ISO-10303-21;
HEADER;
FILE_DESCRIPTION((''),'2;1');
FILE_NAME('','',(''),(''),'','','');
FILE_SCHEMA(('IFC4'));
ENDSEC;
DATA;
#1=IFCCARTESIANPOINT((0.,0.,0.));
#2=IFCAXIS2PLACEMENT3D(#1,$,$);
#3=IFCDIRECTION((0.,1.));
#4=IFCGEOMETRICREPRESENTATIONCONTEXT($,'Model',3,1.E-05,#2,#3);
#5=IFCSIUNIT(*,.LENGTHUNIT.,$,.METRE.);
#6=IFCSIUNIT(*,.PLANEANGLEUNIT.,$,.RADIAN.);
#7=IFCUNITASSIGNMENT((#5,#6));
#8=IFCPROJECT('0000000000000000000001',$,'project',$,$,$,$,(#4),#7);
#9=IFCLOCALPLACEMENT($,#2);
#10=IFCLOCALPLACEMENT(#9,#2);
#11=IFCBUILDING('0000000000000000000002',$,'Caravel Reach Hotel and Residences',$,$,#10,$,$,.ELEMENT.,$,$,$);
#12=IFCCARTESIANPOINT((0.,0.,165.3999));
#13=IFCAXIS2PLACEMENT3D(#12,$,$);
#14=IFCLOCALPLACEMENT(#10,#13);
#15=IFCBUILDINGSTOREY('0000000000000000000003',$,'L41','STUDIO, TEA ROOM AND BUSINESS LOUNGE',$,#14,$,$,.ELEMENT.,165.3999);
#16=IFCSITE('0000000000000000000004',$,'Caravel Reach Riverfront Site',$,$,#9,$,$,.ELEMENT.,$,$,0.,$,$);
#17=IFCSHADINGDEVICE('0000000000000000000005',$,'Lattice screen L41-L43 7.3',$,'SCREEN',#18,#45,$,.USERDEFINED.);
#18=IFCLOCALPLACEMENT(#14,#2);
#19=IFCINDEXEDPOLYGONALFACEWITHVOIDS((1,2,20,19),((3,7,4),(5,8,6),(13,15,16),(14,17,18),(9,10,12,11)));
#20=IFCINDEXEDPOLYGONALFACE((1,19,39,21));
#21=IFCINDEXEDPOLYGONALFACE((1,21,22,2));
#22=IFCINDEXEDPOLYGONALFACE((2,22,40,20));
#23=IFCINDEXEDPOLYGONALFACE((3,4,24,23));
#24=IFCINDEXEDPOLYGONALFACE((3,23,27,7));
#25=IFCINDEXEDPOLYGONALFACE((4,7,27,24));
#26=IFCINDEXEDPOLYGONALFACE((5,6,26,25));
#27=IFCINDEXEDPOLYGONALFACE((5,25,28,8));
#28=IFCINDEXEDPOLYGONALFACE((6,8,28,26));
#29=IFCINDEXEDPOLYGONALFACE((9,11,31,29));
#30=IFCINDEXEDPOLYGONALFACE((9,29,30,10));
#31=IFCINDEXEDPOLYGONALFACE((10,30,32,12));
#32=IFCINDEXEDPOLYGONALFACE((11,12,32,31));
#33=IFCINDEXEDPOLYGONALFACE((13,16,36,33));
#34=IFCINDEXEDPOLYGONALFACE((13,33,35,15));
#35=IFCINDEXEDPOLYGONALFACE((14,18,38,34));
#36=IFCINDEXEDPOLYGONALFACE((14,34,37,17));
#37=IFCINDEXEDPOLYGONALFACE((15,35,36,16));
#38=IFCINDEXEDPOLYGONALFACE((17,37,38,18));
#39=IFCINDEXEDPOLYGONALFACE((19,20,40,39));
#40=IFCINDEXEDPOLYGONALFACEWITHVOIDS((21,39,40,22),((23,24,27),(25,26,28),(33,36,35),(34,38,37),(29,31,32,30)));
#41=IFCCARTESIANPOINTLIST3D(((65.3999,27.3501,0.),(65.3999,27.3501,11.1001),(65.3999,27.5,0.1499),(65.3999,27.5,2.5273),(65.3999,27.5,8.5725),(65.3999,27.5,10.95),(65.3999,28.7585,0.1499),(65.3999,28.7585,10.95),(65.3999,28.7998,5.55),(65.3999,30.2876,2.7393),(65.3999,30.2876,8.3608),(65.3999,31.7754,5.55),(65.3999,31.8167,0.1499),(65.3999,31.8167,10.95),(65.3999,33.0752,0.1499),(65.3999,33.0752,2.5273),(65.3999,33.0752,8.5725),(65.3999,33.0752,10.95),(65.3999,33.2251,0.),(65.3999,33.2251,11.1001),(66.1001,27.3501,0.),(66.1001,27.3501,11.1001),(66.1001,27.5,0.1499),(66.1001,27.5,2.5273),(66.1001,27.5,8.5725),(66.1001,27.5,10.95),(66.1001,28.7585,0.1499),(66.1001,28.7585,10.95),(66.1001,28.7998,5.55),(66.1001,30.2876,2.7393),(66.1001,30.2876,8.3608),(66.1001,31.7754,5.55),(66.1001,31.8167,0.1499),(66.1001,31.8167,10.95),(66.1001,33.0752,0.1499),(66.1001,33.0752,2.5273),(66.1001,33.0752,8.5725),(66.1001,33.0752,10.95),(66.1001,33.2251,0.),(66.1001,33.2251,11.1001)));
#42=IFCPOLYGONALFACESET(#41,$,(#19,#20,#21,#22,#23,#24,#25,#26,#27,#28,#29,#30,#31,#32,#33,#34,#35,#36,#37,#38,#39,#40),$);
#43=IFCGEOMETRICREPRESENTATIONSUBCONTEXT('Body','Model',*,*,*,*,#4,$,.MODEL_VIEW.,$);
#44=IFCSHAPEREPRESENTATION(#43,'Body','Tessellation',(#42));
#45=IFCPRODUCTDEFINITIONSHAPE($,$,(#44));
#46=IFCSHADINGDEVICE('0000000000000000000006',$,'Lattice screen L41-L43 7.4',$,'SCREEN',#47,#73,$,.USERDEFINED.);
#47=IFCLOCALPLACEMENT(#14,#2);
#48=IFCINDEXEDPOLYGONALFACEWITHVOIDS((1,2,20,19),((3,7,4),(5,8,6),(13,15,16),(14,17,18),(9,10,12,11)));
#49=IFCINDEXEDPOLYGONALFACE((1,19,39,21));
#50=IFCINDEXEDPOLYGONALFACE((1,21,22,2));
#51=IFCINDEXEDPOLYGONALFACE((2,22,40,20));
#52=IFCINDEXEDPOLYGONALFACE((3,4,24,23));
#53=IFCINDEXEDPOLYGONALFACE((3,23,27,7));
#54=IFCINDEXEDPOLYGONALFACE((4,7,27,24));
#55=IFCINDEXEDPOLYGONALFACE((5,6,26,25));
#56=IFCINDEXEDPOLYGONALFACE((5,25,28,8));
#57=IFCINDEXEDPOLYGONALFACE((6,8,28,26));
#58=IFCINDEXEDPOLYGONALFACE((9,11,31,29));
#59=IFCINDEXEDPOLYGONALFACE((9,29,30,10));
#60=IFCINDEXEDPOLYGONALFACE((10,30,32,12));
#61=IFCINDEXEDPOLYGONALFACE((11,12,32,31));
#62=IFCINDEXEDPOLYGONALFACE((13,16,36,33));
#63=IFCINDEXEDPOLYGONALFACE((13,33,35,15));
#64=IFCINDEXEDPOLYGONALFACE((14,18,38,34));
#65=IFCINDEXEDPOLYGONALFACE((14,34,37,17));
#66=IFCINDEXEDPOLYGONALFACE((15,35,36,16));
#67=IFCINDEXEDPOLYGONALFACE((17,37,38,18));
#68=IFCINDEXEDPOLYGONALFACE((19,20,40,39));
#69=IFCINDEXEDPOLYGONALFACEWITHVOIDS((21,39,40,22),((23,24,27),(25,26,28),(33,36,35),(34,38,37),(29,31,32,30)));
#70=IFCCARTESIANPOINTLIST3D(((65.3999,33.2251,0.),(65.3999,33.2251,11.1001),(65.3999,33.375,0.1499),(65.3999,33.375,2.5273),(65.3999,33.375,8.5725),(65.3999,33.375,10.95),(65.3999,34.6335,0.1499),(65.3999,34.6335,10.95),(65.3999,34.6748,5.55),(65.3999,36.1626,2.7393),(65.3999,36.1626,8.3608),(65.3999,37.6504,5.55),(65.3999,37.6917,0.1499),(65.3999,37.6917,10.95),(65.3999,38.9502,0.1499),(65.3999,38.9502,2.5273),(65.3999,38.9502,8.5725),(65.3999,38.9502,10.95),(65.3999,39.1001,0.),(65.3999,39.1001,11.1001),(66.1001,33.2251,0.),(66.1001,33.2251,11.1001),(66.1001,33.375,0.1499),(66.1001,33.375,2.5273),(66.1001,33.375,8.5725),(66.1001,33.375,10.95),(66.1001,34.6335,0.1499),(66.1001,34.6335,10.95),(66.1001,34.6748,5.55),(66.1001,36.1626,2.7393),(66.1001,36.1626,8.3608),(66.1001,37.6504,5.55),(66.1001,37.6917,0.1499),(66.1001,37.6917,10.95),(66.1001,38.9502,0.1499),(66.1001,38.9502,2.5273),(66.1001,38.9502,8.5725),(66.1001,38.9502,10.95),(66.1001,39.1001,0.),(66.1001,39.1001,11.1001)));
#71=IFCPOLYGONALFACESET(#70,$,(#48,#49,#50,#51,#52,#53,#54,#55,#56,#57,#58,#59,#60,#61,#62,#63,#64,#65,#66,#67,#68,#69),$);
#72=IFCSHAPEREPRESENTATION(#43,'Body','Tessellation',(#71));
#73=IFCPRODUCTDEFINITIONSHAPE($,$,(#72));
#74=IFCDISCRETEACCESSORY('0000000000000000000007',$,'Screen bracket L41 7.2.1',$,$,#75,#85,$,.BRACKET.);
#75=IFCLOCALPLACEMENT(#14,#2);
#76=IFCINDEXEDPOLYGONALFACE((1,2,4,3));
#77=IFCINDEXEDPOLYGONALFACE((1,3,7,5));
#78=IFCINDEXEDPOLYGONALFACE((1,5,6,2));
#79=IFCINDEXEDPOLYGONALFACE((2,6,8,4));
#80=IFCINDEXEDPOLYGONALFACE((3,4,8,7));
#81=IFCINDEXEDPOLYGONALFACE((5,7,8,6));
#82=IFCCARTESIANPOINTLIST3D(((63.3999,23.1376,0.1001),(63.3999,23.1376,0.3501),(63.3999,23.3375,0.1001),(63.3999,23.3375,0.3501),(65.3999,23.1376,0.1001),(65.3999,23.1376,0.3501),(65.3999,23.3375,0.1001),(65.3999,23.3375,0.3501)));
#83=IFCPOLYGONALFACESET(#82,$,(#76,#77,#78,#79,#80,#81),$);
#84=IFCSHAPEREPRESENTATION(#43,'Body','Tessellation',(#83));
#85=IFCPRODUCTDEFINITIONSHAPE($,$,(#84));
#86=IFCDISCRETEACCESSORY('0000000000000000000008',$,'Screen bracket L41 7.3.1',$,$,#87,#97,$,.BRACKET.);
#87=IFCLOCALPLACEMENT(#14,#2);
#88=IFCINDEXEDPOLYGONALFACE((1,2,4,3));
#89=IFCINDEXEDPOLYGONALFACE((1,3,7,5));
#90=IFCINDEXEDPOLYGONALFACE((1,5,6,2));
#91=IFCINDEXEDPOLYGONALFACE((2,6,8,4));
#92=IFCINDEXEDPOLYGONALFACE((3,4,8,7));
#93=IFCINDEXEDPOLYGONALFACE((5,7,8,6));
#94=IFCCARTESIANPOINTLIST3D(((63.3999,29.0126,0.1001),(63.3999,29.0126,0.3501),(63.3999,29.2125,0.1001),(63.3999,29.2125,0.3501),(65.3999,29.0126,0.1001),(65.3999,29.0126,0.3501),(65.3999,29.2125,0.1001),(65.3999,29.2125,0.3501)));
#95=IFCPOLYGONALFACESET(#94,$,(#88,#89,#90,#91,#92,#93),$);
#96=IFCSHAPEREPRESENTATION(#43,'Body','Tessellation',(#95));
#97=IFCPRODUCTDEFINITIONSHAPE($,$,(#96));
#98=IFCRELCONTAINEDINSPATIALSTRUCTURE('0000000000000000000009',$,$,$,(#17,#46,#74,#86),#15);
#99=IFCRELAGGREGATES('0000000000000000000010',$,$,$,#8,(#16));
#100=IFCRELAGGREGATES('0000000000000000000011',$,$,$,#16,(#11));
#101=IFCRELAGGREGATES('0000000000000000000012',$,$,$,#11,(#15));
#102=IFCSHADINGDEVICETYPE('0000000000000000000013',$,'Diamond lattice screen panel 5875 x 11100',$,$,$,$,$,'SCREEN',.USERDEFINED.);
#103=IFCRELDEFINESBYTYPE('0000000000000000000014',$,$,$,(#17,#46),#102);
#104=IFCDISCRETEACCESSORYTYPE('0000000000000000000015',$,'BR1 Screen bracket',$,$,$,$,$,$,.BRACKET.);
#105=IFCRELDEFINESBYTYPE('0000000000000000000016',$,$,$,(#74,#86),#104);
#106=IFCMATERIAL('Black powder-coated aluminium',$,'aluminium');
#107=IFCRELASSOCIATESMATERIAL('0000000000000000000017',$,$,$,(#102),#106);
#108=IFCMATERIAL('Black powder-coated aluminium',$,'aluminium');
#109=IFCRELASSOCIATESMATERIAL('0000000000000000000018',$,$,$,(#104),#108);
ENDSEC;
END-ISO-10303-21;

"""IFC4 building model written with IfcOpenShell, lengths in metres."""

from ifc_helpers import new_model, si_unit, direction, frame, origin, origin_2d, place, context, subcontext, project, spatial, polyline, rectangle, outline, extrude, material, type_object, element, save


model = new_model("IFC4")

# Units and contexts
model_context = context("Model", 3, precision=1e-05, world=origin(), true_north=direction((0.0, 1.0)))
body_context = subcontext(model_context, "Body", "Model", "MODEL_VIEW")
ifc_project = project(units=[si_unit("LENGTHUNIT", "METRE"), si_unit("PLANEANGLEUNIT", "RADIAN")], contexts=[model_context])

# Site, building, storey
site_placement = place(None, origin())
site = spatial("IfcSite", under=ifc_project, at=site_placement, Name="Caravel Reach Riverfront Site", CompositionType="ELEMENT", RefElevation=0.0)
building_placement = place(site_placement, origin())
building = spatial("IfcBuilding", under=site, at=building_placement, Name="Caravel Reach Hotel and Residences", CompositionType="ELEMENT")
storey_placement = place(building_placement, frame((0.0, 0.0, 165.3999)))
storey = spatial("IfcBuildingStorey", under=building, at=storey_placement, Name="L41", Description="STUDIO, TEA ROOM AND BUSINESS LOUNGE", CompositionType="ELEMENT", Elevation=165.3999)

# Shading devices
ifc_material_1 = material(Name="Black powder-coated aluminium", Category="aluminium")
shading_device_type = type_object("IfcShadingDeviceType", Name="Diamond lattice screen panel 5875 x 11100", ElementType="SCREEN", PredefinedType="USERDEFINED", material=ifc_material_1)
for number, where, z_axis, x_axis, name in (
    (1, (65.3999, 27.3501, 0.0), (1.0, 0.0, 0.0), (0.0, 1.0, 0.0), "Lattice screen L41-L43 7.3"),
    (2, (65.3999, 33.2251, 0.0), (1.0, 0.0, 0.0), (0.0, 1.0, 0.0), "Lattice screen L41-L43 7.4"),
):
    element("IfcShadingDevice", number, at=place(storey_placement, frame(where, z_axis=z_axis, x_axis=x_axis)), inside=storey, type_object=shading_device_type, Name=name, ObjectType="SCREEN", PredefinedType="USERDEFINED", context=body_context, shape_type="SweptSolid", body=[
        extrude(outline(polyline([(0.0, 0.0), (5.875, 0.0), (5.875, 11.1001), (0.0, 11.1001), (0.0, 0.0)]), holes=[polyline([(1.4084, 0.1499), (0.1499, 2.5273), (0.1499, 0.1499), (1.4084, 0.1499)]), polyline([(0.1499, 8.5725), (1.4084, 10.95), (0.1499, 10.95), (0.1499, 8.5725)]), polyline([(2.9375, 8.3608), (1.4497, 5.55), (2.9375, 2.7393), (4.4253, 5.55), (2.9375, 8.3608)]), polyline([(5.7251, 2.5273), (4.4666, 0.1499), (5.7251, 0.1499), (5.7251, 2.5273)]), polyline([(4.4666, 10.95), (5.7251, 8.5725), (5.7251, 10.95), (4.4666, 10.95)])]), origin(), (0.0, 0.0, 1.0), 0.7002),
    ])

# Discrete accessories
ifc_material_2 = material(Name="Black powder-coated aluminium", Category="aluminium")
discrete_accessory_type = type_object("IfcDiscreteAccessoryType", Name="BR1 Screen bracket", PredefinedType="BRACKET", material=ifc_material_2)
for number, where, z_axis, x_axis, name in (
    (3, (64.3999, 23.2375, 0.1001), (0.0, 0.0, 1.0), (1.0, 0.0, 0.0), "Screen bracket L41 7.2.1"),
    (4, (64.3999, 29.1125, 0.1001), (0.0, 0.0, 1.0), (1.0, 0.0, 0.0), "Screen bracket L41 7.3.1"),
):
    element("IfcDiscreteAccessory", number, at=place(storey_placement, frame(where, z_axis=z_axis, x_axis=x_axis)), inside=storey, type_object=discrete_accessory_type, Name=name, PredefinedType="BRACKET", context=body_context, shape_type="SweptSolid", body=[
        extrude(rectangle(XDim=2.0, YDim=0.2, at=origin_2d()), origin(), (0.0, 0.0, 1.0), 0.25),
    ])

save(model, "model.ifc")
